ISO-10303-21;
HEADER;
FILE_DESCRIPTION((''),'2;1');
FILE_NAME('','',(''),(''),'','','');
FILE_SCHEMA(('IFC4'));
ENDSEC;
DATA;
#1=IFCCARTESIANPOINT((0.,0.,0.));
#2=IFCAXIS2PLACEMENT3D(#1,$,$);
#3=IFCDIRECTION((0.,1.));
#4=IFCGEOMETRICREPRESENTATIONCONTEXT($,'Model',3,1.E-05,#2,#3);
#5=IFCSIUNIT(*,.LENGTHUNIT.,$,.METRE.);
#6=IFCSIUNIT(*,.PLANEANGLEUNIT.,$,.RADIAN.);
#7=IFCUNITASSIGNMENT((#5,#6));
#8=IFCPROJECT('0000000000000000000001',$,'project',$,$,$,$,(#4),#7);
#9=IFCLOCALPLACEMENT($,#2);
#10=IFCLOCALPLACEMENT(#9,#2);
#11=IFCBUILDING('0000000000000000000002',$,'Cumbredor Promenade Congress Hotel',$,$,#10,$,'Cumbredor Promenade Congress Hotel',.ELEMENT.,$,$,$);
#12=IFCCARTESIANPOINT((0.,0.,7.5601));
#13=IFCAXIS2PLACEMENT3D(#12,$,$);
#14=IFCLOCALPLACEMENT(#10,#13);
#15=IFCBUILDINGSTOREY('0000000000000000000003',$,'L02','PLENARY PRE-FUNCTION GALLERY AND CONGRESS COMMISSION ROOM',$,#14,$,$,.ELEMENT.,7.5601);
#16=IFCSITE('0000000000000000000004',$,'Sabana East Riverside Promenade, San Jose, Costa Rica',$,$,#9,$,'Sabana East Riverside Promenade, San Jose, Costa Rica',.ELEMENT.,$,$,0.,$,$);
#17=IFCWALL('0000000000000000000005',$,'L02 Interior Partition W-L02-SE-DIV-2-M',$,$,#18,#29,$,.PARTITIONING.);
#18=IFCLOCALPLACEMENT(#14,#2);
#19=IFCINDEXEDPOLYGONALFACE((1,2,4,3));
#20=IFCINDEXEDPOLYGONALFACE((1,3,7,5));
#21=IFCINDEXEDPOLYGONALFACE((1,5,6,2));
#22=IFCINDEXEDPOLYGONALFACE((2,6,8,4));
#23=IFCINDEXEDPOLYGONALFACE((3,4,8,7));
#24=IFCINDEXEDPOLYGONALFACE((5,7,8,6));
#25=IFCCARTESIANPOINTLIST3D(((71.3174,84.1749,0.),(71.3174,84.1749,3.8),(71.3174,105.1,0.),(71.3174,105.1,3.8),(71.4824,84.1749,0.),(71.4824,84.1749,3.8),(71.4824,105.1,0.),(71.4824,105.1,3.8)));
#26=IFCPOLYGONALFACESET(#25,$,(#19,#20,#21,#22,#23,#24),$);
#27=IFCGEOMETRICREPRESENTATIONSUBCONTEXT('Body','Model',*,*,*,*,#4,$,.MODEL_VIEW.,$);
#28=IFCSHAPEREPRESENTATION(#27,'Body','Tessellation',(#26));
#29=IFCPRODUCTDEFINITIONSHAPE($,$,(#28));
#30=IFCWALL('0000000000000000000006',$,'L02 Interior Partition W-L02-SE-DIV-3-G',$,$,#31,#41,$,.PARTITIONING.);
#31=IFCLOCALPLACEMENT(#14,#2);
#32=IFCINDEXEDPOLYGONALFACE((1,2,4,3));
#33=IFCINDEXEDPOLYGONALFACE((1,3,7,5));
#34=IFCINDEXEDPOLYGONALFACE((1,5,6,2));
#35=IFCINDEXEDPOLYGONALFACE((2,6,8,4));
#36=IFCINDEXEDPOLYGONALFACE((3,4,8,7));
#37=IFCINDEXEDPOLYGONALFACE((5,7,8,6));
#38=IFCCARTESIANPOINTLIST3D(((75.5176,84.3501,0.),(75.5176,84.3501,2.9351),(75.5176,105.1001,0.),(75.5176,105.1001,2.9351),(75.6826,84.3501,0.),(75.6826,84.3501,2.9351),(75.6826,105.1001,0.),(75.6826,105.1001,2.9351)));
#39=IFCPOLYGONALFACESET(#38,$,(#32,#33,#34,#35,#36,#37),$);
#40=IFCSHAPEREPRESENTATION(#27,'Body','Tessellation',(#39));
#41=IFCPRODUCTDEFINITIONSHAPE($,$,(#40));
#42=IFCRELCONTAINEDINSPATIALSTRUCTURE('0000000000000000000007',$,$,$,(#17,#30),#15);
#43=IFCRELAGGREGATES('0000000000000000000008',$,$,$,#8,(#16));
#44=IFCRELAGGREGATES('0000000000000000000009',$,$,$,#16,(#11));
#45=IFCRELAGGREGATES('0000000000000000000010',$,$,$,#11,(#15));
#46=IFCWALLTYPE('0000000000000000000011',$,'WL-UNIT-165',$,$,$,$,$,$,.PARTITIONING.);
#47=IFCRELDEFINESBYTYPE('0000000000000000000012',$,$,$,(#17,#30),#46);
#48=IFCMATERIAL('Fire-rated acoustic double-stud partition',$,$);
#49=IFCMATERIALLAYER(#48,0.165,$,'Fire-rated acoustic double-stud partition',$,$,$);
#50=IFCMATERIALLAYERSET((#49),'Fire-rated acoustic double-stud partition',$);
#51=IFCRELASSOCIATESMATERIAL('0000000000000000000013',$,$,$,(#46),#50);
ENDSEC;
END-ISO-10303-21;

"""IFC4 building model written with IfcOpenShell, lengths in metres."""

from ifc_helpers import new_model, si_unit, direction, frame, frame_2d, origin, place, context, subcontext, project, spatial, rectangle, extrude, material, layer, layer_set, type_object, element, save


model = new_model("IFC4")

# Units and contexts
model_context = context("Model", 3, precision=1e-05, world=origin(), true_north=direction((0.0, 1.0)))
body_context = subcontext(model_context, "Body", "Model", "MODEL_VIEW")
ifc_project = project(units=[si_unit("LENGTHUNIT", "METRE"), si_unit("PLANEANGLEUNIT", "RADIAN")], contexts=[model_context])

# Site, building, storey
site_placement = place(None, origin())
site = spatial("IfcSite", under=ifc_project, at=site_placement, Name="Sabana East Riverside Promenade, San Jose, Costa Rica", LongName="Sabana East Riverside Promenade, San Jose, Costa Rica", CompositionType="ELEMENT", RefElevation=0.0)
building_placement = place(site_placement, origin())
building = spatial("IfcBuilding", under=site, at=building_placement, Name="Cumbredor Promenade Congress Hotel", LongName="Cumbredor Promenade Congress Hotel", CompositionType="ELEMENT")
storey_placement = place(building_placement, frame((0.0, 0.0, 7.5601)))
storey = spatial("IfcBuildingStorey", under=building, at=storey_placement, Name="L02", Description="PLENARY PRE-FUNCTION GALLERY AND CONGRESS COMMISSION ROOM", CompositionType="ELEMENT", Elevation=7.5601)

# Walls
ifc_material_1 = material(Name="Fire-rated acoustic double-stud partition")
ifc_layer_1 = layer(ifc_material_1, 0.165, Name="Fire-rated acoustic double-stud partition")
ifc_layer_set_1 = layer_set([ifc_layer_1], Name="Fire-rated acoustic double-stud partition")
wall_type_1 = type_object("IfcWallType", Name="WL-UNIT-165", PredefinedType="PARTITIONING", material=ifc_layer_set_1)
wall_1_placement = place(storey_placement, frame((71.3999, 84.175, 0.0), z_axis=(0.0, 0.0, 1.0), x_axis=(0.0, 1.0, 0.0)))
element("IfcWall", 1, at=wall_1_placement, inside=storey, type_object=wall_type_1, Name="L02 Interior Partition W-L02-SE-DIV-2-M", PredefinedType="PARTITIONING", context=body_context, shape_type="SweptSolid", body=[
    extrude(rectangle(XDim=20.925, YDim=0.165, at=frame_2d((10.4624, 0.0))), origin(), (0.0, 0.0, 1.0), 3.8),
])
wall_2_placement = place(storey_placement, frame((75.6001, 84.3501, 0.0), z_axis=(0.0, 0.0, 1.0), x_axis=(0.0, 1.0, 0.0)))
element("IfcWall", 2, at=wall_2_placement, inside=storey, type_object=wall_type_1, Name="L02 Interior Partition W-L02-SE-DIV-3-G", PredefinedType="PARTITIONING", context=body_context, shape_type="SweptSolid", body=[
    extrude(rectangle(XDim=20.75, YDim=0.165, at=frame_2d((10.375, 0.0))), origin(), (0.0, 0.0, 1.0), 2.9351),
])

save(model, "model.ifc")
